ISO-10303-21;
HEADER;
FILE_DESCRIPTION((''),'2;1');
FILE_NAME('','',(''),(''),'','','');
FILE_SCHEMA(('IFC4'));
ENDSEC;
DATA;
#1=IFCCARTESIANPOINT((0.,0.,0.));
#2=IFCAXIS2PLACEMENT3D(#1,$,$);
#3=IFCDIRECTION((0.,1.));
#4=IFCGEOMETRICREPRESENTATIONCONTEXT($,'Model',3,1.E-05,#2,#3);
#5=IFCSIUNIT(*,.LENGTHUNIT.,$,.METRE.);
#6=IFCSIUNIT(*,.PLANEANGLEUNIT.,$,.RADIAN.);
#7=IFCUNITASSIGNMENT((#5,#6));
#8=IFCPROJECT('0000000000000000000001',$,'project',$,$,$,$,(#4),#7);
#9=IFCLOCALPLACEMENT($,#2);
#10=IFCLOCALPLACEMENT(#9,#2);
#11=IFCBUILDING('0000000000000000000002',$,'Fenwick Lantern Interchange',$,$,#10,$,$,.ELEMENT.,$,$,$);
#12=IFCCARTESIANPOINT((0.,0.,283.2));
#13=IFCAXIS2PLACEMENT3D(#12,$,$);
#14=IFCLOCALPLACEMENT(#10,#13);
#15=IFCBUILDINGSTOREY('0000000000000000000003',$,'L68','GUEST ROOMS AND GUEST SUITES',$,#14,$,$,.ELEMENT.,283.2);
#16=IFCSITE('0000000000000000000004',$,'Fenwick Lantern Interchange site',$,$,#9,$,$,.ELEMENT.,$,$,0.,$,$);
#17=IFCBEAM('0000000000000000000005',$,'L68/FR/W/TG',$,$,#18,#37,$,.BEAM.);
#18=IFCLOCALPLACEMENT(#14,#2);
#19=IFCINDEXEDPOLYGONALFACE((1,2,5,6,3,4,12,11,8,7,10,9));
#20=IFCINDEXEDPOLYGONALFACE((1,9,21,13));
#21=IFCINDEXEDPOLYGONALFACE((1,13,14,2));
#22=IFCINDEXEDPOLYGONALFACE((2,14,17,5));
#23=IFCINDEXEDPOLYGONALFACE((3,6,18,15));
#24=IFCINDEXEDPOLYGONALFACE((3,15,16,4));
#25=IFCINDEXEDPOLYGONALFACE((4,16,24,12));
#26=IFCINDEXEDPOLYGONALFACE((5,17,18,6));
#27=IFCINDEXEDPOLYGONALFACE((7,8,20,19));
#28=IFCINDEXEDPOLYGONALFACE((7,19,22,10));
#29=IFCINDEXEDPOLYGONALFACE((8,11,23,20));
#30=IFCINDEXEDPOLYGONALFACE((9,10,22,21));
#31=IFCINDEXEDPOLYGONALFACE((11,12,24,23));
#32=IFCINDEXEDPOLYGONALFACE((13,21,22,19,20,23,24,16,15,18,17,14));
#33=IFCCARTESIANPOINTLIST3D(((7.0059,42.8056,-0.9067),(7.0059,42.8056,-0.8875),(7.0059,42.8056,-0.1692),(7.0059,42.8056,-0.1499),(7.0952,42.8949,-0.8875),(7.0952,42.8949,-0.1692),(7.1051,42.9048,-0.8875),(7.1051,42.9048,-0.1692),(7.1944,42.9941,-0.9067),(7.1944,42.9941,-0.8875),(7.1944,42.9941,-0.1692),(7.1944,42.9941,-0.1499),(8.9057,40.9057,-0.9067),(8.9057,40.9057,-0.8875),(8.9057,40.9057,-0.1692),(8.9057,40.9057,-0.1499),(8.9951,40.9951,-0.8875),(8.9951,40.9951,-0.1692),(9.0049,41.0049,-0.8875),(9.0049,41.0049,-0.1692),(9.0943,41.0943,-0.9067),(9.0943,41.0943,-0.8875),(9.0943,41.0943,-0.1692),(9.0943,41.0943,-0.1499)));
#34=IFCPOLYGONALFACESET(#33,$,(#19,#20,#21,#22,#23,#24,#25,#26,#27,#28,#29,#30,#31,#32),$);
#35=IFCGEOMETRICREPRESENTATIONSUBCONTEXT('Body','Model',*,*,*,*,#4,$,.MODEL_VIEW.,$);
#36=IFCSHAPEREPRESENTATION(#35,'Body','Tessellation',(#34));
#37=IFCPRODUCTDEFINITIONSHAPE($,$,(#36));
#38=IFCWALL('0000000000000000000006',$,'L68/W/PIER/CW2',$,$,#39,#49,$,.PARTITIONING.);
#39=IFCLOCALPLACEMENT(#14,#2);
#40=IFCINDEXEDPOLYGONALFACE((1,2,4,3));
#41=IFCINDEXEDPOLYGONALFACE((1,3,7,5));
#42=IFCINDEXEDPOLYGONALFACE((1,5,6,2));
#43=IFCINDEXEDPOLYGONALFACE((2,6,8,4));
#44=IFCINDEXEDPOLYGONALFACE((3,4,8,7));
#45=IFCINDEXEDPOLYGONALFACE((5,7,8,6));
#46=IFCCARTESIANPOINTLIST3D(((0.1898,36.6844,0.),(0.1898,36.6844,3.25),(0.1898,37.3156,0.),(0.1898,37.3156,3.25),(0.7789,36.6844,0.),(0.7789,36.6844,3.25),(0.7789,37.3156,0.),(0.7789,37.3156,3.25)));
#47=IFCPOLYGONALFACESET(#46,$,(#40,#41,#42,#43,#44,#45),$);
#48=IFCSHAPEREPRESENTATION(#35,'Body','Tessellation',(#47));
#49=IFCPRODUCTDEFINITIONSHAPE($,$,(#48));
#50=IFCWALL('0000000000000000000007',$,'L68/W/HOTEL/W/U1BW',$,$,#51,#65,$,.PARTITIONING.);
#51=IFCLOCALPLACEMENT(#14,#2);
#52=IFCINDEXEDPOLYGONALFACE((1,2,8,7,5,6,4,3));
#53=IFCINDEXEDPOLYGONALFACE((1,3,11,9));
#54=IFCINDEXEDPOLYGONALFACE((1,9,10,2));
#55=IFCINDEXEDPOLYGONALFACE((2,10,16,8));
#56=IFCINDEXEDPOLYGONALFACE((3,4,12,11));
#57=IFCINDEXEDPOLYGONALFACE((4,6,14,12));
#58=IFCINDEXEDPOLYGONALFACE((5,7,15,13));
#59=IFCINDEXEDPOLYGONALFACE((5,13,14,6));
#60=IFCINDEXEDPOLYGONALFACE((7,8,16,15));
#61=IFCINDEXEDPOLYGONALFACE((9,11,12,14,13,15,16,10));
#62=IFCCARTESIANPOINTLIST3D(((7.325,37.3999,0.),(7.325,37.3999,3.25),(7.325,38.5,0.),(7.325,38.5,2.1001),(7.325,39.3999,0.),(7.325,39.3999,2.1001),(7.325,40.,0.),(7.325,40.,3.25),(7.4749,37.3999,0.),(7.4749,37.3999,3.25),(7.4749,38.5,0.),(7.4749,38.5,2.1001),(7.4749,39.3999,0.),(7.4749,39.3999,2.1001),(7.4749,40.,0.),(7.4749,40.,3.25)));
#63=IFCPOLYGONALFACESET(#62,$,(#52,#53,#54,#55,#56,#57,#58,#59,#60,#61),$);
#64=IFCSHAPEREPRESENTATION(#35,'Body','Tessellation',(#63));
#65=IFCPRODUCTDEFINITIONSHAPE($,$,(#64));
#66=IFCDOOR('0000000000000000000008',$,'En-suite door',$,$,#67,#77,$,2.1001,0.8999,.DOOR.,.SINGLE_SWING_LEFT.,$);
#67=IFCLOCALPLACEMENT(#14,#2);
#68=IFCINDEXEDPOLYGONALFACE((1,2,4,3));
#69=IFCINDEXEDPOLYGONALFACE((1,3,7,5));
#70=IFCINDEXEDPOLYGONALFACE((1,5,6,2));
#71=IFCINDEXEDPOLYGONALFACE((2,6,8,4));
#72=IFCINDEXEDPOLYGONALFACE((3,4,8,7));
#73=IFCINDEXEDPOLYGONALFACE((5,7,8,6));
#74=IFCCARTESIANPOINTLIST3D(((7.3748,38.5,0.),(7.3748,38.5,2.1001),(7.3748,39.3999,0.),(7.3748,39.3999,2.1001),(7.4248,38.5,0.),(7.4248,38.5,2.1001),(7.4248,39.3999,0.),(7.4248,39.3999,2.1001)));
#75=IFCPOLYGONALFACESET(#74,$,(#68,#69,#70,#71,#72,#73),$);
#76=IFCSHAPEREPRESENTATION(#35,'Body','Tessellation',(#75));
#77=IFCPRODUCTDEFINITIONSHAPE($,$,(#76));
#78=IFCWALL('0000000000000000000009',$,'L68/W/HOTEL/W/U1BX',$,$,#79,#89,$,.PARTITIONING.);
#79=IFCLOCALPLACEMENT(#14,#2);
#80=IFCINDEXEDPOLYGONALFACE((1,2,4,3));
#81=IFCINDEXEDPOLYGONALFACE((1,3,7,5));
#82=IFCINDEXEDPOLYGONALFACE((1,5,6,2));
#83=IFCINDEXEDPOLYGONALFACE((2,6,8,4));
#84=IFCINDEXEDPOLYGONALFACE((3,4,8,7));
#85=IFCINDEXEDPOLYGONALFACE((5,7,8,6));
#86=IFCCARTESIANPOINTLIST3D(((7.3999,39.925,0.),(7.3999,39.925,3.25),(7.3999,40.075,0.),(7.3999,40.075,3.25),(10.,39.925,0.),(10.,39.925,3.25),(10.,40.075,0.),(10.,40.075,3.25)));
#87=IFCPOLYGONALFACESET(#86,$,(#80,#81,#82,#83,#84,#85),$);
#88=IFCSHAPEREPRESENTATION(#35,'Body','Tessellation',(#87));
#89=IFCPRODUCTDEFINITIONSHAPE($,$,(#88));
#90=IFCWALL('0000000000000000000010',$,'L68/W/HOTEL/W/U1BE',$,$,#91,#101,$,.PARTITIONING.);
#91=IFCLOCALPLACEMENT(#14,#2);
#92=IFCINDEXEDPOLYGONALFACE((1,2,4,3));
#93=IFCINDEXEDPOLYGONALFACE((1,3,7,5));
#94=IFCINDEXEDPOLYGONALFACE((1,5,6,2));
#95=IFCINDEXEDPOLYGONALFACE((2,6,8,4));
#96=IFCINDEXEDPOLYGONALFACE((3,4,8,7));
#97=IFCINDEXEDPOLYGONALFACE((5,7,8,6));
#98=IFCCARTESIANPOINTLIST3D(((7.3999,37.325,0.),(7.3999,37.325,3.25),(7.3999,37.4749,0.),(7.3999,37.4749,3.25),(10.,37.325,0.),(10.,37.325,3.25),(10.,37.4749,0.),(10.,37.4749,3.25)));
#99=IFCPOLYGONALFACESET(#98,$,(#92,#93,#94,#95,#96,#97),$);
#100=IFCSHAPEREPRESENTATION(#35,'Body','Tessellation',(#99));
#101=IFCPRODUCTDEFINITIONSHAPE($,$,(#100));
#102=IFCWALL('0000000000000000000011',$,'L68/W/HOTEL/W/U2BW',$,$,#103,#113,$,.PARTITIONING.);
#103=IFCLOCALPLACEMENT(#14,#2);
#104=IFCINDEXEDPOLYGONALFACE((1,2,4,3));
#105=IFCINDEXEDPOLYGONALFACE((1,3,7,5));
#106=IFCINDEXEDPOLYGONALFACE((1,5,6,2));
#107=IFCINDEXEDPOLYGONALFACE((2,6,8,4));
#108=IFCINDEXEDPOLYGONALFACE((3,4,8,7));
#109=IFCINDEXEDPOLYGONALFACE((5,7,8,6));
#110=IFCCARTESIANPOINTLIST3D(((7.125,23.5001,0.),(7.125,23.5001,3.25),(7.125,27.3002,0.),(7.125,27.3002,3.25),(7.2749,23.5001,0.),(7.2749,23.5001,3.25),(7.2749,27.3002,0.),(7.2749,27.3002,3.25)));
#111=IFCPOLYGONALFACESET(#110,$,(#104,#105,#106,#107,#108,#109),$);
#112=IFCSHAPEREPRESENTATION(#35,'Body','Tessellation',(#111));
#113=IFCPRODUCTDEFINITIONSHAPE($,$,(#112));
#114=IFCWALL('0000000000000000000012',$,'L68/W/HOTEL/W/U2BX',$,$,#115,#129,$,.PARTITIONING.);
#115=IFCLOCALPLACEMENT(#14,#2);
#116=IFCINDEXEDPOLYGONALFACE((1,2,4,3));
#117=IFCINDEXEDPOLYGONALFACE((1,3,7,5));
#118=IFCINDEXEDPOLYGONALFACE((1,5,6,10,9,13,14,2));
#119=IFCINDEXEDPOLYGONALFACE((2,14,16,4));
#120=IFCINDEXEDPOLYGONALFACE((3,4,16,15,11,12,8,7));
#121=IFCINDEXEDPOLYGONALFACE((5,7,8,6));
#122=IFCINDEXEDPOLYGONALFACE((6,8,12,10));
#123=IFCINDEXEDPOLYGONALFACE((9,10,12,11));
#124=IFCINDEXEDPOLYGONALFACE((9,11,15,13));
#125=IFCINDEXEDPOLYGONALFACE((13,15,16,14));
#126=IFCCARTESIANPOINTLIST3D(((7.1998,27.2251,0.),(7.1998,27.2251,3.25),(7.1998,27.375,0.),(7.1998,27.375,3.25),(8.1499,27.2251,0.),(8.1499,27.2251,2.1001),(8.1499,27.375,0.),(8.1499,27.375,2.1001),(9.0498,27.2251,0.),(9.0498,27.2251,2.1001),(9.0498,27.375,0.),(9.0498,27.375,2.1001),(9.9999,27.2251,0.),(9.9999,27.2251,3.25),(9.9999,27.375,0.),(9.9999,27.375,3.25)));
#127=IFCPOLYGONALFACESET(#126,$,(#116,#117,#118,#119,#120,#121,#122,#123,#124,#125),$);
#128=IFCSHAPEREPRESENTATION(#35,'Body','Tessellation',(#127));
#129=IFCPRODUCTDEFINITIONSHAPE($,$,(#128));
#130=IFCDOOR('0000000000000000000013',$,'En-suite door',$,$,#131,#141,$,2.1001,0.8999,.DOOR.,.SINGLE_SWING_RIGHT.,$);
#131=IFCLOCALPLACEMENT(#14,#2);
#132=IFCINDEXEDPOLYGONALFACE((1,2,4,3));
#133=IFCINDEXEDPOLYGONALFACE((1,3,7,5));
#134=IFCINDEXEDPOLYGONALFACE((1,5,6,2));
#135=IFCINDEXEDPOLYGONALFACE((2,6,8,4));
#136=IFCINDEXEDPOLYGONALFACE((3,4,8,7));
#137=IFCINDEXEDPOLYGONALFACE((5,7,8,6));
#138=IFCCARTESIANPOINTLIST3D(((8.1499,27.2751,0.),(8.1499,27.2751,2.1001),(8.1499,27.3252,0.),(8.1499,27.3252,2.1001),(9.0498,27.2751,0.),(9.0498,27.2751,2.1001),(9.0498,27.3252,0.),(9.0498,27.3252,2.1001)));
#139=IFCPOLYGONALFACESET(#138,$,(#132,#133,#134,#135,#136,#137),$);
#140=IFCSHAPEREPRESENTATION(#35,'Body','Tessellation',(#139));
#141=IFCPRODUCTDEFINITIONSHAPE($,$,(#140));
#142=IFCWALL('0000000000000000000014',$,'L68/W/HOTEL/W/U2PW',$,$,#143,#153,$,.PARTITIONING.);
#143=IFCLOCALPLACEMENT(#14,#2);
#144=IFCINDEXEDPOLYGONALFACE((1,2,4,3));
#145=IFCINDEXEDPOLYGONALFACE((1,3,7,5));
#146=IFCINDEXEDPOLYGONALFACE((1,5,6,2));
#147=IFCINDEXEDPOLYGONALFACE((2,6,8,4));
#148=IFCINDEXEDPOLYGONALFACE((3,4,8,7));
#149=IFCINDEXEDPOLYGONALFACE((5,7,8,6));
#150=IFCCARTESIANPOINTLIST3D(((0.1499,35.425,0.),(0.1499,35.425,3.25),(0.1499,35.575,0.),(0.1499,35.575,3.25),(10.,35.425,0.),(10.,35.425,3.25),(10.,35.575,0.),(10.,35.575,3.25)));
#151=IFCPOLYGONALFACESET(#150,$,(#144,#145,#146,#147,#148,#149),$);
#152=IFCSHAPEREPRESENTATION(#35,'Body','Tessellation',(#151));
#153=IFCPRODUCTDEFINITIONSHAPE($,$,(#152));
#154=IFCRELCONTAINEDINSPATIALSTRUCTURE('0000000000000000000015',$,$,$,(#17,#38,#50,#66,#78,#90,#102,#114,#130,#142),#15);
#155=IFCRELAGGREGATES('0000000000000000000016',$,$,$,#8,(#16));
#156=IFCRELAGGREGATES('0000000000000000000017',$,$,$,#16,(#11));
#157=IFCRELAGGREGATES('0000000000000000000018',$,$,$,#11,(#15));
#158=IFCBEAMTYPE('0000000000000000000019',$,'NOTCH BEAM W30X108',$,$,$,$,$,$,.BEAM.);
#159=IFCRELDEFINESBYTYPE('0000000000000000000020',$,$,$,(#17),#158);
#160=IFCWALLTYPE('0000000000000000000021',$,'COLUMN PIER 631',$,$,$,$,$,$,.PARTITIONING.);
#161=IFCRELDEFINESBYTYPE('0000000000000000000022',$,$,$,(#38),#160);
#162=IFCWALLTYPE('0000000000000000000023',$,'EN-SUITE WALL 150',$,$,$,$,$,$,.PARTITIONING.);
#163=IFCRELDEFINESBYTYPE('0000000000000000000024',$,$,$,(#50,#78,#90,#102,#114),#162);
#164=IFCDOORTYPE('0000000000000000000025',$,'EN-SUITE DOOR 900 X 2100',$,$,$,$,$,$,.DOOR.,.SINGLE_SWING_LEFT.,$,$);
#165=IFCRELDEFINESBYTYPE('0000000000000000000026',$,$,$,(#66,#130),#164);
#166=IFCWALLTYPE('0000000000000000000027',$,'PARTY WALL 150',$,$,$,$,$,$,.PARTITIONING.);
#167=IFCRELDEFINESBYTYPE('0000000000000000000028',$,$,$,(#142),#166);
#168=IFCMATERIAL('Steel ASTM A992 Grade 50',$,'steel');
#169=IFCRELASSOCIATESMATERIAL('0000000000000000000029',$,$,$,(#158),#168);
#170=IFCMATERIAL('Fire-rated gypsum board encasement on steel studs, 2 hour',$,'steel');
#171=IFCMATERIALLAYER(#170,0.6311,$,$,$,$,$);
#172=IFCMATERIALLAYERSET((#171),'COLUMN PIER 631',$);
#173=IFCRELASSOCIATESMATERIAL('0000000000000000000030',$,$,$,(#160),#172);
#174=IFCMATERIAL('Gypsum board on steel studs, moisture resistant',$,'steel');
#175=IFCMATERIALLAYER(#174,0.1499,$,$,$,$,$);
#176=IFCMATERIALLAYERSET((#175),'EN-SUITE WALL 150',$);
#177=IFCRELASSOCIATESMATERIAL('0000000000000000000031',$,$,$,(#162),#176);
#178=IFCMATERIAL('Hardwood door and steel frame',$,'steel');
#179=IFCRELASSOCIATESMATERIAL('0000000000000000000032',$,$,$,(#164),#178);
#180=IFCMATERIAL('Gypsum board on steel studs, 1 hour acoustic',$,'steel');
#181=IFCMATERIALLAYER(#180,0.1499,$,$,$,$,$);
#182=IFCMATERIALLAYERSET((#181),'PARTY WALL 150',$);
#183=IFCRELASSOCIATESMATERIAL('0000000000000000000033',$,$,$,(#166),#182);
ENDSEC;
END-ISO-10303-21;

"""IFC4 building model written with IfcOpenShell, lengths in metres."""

from ifc_helpers import new_model, si_unit, direction, frame, frame_2d, origin, origin_2d, place, context, subcontext, project, spatial, rectangle, i_section, extrude, material, layer, layer_set, material_profile, profile_set, type_object, element, fill, save


model = new_model("IFC4")

# Units and contexts
model_context = context("Model", 3, precision=1e-05, world=origin(), true_north=direction((0.0, 1.0)))
body_context = subcontext(model_context, "Body", "Model", "MODEL_VIEW")
ifc_project = project(units=[si_unit("LENGTHUNIT", "METRE"), si_unit("PLANEANGLEUNIT", "RADIAN")], contexts=[model_context])

# Site, building, storey
site_placement = place(None, origin())
site = spatial("IfcSite", under=ifc_project, at=site_placement, Name="Fenwick Lantern Interchange site", CompositionType="ELEMENT", RefElevation=0.0)
building_placement = place(site_placement, origin())
building = spatial("IfcBuilding", under=site, at=building_placement, Name="Fenwick Lantern Interchange", CompositionType="ELEMENT")
storey_placement = place(building_placement, frame((0.0, 0.0, 283.2)))
storey = spatial("IfcBuildingStorey", under=building, at=storey_placement, Name="L68", Description="GUEST ROOMS AND GUEST SUITES", CompositionType="ELEMENT", Elevation=283.2)

# Shared definitions
ifc_material_1 = material(Name="Steel ASTM A992 Grade 50", Category="steel")

# Beam
ifc_material_profile_1 = material_profile(ifc_material_1, i_section(OverallWidth=0.2666, OverallDepth=0.7568, WebThickness=0.0139, FlangeThickness=0.0193, at=origin_2d()), Name="W30X108")
ifc_profile_set_1 = profile_set([ifc_material_profile_1], Name="Steel ASTM A992 Grade 50")
beam_type_1 = type_object("IfcBeamType", Name="NOTCH BEAM W30X108", PredefinedType="BEAM", material=ifc_profile_set_1)
beam_1_placement = place(storey_placement, frame((9.0, 41.0, -0.5283), z_axis=(-0.707107, 0.707107, 0.0), x_axis=(-0.707107, -0.707107, 0.0)))
element("IfcBeam", 1, at=beam_1_placement, inside=storey, type_object=beam_type_1, Name="L68/FR/W/TG", PredefinedType="BEAM", context=body_context, shape_type="SweptSolid", body=[
    extrude(i_section(OverallWidth=0.2666, OverallDepth=0.7568, WebThickness=0.0139, FlangeThickness=0.0193, at=origin_2d()), origin(), (0.0, 0.0, 1.0), 2.6868),
])

# Wall
ifc_material_2 = material(Name="Fire-rated gypsum board encasement on steel studs, 2 hour", Category="steel")
ifc_layer_1 = layer(ifc_material_2, 0.6311)
ifc_layer_set_1 = layer_set([ifc_layer_1], Name="COLUMN PIER 631")
wall_type_1 = type_object("IfcWallType", Name="COLUMN PIER 631", PredefinedType="PARTITIONING", material=ifc_layer_set_1)
wall_1_placement = place(storey_placement, frame((0.1899, 37.0, 0.0), z_axis=(0.0, 0.0, 1.0), x_axis=(1.0, 0.0, 0.0)))
element("IfcWall", 2, at=wall_1_placement, inside=storey, type_object=wall_type_1, Name="L68/W/PIER/CW2", PredefinedType="PARTITIONING", context=body_context, shape_type="SweptSolid", body=[
    extrude(rectangle(XDim=0.5891, YDim=0.6311, at=frame_2d((0.2944, 0.0))), origin(), (0.0, 0.0, 1.0), 3.25),
])

# Wall, opening, door
ifc_material_3 = material(Name="Gypsum board on steel studs, moisture resistant", Category="steel")
ifc_layer_2 = layer(ifc_material_3, 0.1499)
ifc_layer_set_2 = layer_set([ifc_layer_2], Name="EN-SUITE WALL 150")
wall_type_2 = type_object("IfcWallType", Name="EN-SUITE WALL 150", PredefinedType="PARTITIONING", material=ifc_layer_set_2)
wall_2_placement = place(storey_placement, frame((7.3999, 40.0, 0.0), z_axis=(0.0, 0.0, 1.0), x_axis=(0.0, -1.0, 0.0)))
wall_2 = element("IfcWall", 3, at=wall_2_placement, inside=storey, type_object=wall_type_2, Name="L68/W/HOTEL/W/U1BW", PredefinedType="PARTITIONING", context=body_context, shape_type="SweptSolid", body=[
    extrude(rectangle(XDim=2.6001, YDim=0.1499, at=frame_2d((1.3, 0.0))), origin(), (0.0, 0.0, 1.0), 3.25),
])
opening_1_placement = place(wall_2_placement, frame((0.6001, 0.0, 0.0)))
opening_1 = element("IfcOpeningElement", 4, at=opening_1_placement, cuts=wall_2, PredefinedType="OPENING", context=body_context, shape_type="SweptSolid", body=[
    extrude(rectangle(XDim=0.8999, YDim=2.1001, at=frame_2d((0.45, 1.05))), frame((0.0, 0.085, 0.0), z_axis=(0.0, -1.0, 0.0), x_axis=(1.0, 0.0, 0.0)), (0.0, 0.0, 1.0), 0.1699),
])
ifc_material_4 = material(Name="Hardwood door and steel frame", Category="steel")
door_type = type_object("IfcDoorType", Name="EN-SUITE DOOR 900 X 2100", OperationType="SINGLE_SWING_LEFT", PredefinedType="DOOR", material=ifc_material_4)
door_1_placement = place(opening_1_placement, origin())
door_1 = element("IfcDoor", 5, at=door_1_placement, inside=storey, type_object=door_type, Name="En-suite door", OperationType="SINGLE_SWING_LEFT", OverallHeight=2.1001, OverallWidth=0.8999, PredefinedType="DOOR", context=body_context, shape_type="SweptSolid", body=[
    extrude(rectangle(XDim=0.8999, YDim=2.1001, at=frame_2d((0.45, 1.05))), frame((0.0, 0.0249, 0.0), z_axis=(0.0, -1.0, 0.0), x_axis=(1.0, 0.0, 0.0)), (0.0, 0.0, 1.0), 0.05),
])
fill(opening_1, door_1)

# Walls
for number, where, z_axis, x_axis, name in (
    (6, (7.3999, 40.0, 0.0), (0.0, 0.0, 1.0), (1.0, 0.0, 0.0), "L68/W/HOTEL/W/U1BX"),
    (7, (7.3999, 37.3999, 0.0), (0.0, 0.0, 1.0), (1.0, 0.0, 0.0), "L68/W/HOTEL/W/U1BE"),
):
    element("IfcWall", number, at=place(storey_placement, frame(where, z_axis=z_axis, x_axis=x_axis)), inside=storey, type_object=wall_type_2, Name=name, PredefinedType="PARTITIONING", context=body_context, shape_type="SweptSolid", body=[
        extrude(rectangle(XDim=2.6001, YDim=0.1499, at=frame_2d((1.3, 0.0))), origin(), (0.0, 0.0, 1.0), 3.25),
    ])
wall_3_placement = place(storey_placement, frame((7.2, 27.3, 0.0), z_axis=(0.0, 0.0, 1.0), x_axis=(0.0, -1.0, 0.0)))
element("IfcWall", 8, at=wall_3_placement, inside=storey, type_object=wall_type_2, Name="L68/W/HOTEL/W/U2BW", PredefinedType="PARTITIONING", context=body_context, shape_type="SweptSolid", body=[
    extrude(rectangle(XDim=3.8, YDim=0.1499, at=frame_2d((1.8999, 0.0))), origin(), (0.0, 0.0, 1.0), 3.25),
])

# Wall, opening, door
wall_4_placement = place(storey_placement, frame((7.2, 27.3, 0.0), z_axis=(0.0, 0.0, 1.0), x_axis=(1.0, 0.0, 0.0)))
wall_4 = element("IfcWall", 9, at=wall_4_placement, inside=storey, type_object=wall_type_2, Name="L68/W/HOTEL/W/U2BX", PredefinedType="PARTITIONING", context=body_context, shape_type="SweptSolid", body=[
    extrude(rectangle(XDim=2.8, YDim=0.1499, at=frame_2d((1.3999, 0.0))), origin(), (0.0, 0.0, 1.0), 3.25),
])
opening_2_placement = place(wall_4_placement, frame((0.95, 0.0, 0.0)))
opening_2 = element("IfcOpeningElement", 10, at=opening_2_placement, cuts=wall_4, PredefinedType="OPENING", context=body_context, shape_type="SweptSolid", body=[
    extrude(rectangle(XDim=0.8999, YDim=2.1001, at=frame_2d((0.45, 1.05))), frame((0.0, 0.085, 0.0), z_axis=(0.0, -1.0, 0.0), x_axis=(1.0, 0.0, 0.0)), (0.0, 0.0, 1.0), 0.1699),
])
door_2_placement = place(opening_2_placement, frame((0.8999, 0.0, 0.0), z_axis=(0.0, 0.0, 1.0), x_axis=(-1.0, 0.0, 0.0)))
door_2 = element("IfcDoor", 11, at=door_2_placement, inside=storey, type_object=door_type, Name="En-suite door", OperationType="SINGLE_SWING_RIGHT", OverallHeight=2.1001, OverallWidth=0.8999, PredefinedType="DOOR", context=body_context, shape_type="SweptSolid", body=[
    extrude(rectangle(XDim=0.8999, YDim=2.1001, at=frame_2d((0.45, 1.05))), frame((0.0, 0.0249, 0.0), z_axis=(0.0, -1.0, 0.0), x_axis=(1.0, 0.0, 0.0)), (0.0, 0.0, 1.0), 0.05),
])
fill(opening_2, door_2)

# Wall
ifc_material_5 = material(Name="Gypsum board on steel studs, 1 hour acoustic", Category="steel")
ifc_layer_3 = layer(ifc_material_5, 0.1499)
ifc_layer_set_3 = layer_set([ifc_layer_3], Name="PARTY WALL 150")
wall_type_3 = type_object("IfcWallType", Name="PARTY WALL 150", PredefinedType="PARTITIONING", material=ifc_layer_set_3)
wall_5_placement = place(storey_placement, frame((0.1499, 35.5, 0.0), z_axis=(0.0, 0.0, 1.0), x_axis=(1.0, 0.0, 0.0)))
element("IfcWall", 12, at=wall_5_placement, inside=storey, type_object=wall_type_3, Name="L68/W/HOTEL/W/U2PW", PredefinedType="PARTITIONING", context=body_context, shape_type="SweptSolid", body=[
    extrude(rectangle(XDim=9.8501, YDim=0.1499, at=frame_2d((4.925, 0.0))), origin(), (0.0, 0.0, 1.0), 3.25),
])

save(model, "model.ifc")
